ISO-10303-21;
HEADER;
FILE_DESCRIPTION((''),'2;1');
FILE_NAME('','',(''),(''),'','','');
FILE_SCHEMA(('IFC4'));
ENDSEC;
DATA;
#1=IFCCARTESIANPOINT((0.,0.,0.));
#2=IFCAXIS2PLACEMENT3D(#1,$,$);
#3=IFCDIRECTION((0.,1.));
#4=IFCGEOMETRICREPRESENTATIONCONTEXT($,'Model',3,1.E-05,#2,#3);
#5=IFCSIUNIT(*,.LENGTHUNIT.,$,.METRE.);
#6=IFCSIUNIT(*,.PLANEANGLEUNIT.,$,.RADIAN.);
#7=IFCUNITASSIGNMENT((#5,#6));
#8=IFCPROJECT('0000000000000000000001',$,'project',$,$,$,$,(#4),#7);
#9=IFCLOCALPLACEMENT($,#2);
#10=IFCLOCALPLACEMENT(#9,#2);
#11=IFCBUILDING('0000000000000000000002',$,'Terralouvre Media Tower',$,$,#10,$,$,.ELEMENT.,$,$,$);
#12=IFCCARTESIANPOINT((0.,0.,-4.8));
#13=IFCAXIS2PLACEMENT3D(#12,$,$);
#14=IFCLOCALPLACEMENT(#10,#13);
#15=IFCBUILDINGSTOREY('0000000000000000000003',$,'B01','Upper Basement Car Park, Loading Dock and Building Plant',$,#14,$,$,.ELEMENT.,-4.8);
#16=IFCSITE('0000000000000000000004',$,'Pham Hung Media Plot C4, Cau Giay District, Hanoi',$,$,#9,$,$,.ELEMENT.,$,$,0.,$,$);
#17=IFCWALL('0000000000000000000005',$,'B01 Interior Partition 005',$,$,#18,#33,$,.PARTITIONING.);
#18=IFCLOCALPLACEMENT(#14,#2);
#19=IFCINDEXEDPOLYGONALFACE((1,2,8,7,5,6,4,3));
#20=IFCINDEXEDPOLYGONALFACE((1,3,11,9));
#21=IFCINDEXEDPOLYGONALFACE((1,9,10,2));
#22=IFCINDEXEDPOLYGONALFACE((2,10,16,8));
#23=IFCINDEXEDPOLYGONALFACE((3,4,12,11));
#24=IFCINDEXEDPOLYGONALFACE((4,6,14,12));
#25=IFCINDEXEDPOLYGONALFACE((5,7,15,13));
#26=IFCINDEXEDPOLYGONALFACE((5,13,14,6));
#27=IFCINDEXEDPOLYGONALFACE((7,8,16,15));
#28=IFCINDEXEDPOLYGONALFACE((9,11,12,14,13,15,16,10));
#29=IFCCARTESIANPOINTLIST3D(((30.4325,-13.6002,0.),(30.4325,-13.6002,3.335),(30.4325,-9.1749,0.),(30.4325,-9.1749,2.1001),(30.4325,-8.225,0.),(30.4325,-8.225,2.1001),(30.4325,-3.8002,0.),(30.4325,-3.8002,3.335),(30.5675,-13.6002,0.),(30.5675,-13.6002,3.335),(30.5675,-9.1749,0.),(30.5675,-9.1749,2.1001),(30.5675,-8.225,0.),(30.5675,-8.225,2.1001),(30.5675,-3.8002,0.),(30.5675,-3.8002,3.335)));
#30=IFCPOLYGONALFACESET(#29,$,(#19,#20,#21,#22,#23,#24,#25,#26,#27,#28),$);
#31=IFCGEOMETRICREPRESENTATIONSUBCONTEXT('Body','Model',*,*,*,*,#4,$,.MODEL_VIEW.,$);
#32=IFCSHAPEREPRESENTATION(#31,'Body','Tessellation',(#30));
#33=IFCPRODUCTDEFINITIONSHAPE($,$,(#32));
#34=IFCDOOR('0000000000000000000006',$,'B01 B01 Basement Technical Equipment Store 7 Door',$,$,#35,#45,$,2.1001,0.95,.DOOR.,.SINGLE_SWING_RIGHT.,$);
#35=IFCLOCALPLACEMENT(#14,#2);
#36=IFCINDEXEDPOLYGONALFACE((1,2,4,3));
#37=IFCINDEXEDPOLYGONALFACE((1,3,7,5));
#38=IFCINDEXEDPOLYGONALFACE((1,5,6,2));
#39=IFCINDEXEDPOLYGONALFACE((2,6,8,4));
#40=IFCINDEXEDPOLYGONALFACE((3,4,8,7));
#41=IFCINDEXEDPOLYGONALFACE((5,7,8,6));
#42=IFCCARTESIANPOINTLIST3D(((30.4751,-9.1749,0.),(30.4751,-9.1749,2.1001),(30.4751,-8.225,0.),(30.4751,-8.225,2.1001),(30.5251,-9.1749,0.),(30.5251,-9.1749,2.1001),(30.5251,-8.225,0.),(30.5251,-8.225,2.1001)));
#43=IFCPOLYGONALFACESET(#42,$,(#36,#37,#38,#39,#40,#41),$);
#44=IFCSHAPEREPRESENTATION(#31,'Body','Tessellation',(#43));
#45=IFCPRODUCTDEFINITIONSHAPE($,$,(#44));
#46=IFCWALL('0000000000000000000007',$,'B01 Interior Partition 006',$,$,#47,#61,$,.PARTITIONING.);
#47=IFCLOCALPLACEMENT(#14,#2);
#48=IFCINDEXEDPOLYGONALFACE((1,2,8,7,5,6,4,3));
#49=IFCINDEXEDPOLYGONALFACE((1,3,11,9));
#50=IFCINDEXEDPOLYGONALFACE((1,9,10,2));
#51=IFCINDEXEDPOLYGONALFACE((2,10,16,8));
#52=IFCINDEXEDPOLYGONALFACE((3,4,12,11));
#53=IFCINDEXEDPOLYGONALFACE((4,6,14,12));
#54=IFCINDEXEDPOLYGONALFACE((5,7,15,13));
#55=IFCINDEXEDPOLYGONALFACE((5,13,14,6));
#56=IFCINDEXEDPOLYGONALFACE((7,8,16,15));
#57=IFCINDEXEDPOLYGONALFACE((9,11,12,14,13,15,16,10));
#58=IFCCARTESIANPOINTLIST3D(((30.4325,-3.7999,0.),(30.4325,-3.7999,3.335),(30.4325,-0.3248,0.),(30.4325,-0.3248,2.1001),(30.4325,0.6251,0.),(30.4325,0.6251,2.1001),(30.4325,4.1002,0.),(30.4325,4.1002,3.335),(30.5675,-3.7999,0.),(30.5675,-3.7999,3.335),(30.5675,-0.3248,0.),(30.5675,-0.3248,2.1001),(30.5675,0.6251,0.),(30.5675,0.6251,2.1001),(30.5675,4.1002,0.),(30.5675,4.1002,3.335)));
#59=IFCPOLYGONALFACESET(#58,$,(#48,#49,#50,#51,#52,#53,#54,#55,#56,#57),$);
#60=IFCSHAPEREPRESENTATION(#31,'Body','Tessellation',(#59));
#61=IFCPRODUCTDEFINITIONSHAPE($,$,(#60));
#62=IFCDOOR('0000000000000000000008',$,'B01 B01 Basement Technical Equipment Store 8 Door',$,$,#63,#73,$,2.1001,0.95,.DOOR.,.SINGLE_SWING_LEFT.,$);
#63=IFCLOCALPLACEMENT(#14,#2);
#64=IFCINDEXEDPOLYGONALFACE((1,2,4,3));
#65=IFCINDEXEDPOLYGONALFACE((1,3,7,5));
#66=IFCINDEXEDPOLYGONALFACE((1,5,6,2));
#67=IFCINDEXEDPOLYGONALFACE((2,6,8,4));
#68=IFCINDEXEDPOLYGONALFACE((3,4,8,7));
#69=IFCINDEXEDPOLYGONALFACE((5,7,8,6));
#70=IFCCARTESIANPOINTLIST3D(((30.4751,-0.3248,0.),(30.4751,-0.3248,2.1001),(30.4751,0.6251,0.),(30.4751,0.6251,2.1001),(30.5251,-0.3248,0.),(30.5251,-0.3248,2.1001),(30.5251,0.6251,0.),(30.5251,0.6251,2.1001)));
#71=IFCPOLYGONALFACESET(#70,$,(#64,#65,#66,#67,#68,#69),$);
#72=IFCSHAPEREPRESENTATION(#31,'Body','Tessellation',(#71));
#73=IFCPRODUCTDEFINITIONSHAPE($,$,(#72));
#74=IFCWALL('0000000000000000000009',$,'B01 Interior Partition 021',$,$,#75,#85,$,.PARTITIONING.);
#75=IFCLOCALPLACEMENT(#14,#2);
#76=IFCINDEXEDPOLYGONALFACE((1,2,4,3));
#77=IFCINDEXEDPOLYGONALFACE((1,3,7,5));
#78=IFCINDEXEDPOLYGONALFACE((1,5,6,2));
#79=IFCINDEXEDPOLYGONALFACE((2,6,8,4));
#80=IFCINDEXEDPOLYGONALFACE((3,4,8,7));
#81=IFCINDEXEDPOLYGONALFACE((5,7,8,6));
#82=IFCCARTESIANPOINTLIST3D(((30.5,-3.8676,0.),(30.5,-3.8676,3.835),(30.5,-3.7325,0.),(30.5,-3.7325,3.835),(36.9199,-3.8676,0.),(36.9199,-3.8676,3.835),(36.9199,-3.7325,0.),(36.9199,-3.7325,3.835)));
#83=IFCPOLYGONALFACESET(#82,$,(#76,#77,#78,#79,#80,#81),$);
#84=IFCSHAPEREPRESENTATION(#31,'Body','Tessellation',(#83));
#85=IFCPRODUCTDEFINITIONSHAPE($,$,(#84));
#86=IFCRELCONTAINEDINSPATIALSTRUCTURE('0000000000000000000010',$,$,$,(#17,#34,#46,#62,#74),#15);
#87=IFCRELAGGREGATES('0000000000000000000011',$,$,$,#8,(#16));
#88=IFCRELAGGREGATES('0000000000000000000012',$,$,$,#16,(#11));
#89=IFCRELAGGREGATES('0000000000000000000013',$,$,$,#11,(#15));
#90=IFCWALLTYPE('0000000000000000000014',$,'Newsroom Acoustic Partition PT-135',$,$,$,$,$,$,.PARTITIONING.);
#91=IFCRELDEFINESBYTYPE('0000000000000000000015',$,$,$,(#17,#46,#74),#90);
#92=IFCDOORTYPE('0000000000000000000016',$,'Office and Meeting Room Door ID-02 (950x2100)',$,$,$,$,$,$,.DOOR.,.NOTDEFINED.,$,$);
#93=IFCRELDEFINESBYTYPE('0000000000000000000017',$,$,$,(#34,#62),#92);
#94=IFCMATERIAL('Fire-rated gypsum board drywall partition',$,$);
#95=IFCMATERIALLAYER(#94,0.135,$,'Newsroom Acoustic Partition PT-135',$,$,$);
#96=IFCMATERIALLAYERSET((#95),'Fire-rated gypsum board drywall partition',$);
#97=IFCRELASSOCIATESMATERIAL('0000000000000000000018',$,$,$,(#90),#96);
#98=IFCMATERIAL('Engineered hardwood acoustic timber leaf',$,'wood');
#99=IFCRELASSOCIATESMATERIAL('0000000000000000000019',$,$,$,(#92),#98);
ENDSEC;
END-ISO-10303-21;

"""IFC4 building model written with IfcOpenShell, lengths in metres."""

from ifc_helpers import new_model, si_unit, direction, frame, frame_2d, origin, place, context, subcontext, project, spatial, rectangle, extrude, material, layer, layer_set, type_object, element, fill, save


model = new_model("IFC4")

# Units and contexts
model_context = context("Model", 3, precision=1e-05, world=origin(), true_north=direction((0.0, 1.0)))
body_context = subcontext(model_context, "Body", "Model", "MODEL_VIEW")
ifc_project = project(units=[si_unit("LENGTHUNIT", "METRE"), si_unit("PLANEANGLEUNIT", "RADIAN")], contexts=[model_context])

# Site, building, storey
site_placement = place(None, origin())
site = spatial("IfcSite", under=ifc_project, at=site_placement, Name="Pham Hung Media Plot C4, Cau Giay District, Hanoi", CompositionType="ELEMENT", RefElevation=0.0)
building_placement = place(site_placement, origin())
building = spatial("IfcBuilding", under=site, at=building_placement, Name="Terralouvre Media Tower", CompositionType="ELEMENT")
storey_placement = place(building_placement, frame((0.0, 0.0, -4.8)))
storey = spatial("IfcBuildingStorey", under=building, at=storey_placement, Name="B01", Description="Upper Basement Car Park, Loading Dock and Building Plant", CompositionType="ELEMENT", Elevation=-4.8)

# Walls, openings, doors
ifc_material_1 = material(Name="Fire-rated gypsum board drywall partition")
ifc_layer_1 = layer(ifc_material_1, 0.135, Name="Newsroom Acoustic Partition PT-135")
ifc_layer_set_1 = layer_set([ifc_layer_1], Name="Fire-rated gypsum board drywall partition")
wall_type_1 = type_object("IfcWallType", Name="Newsroom Acoustic Partition PT-135", PredefinedType="PARTITIONING", material=ifc_layer_set_1)
wall_1_placement = place(storey_placement, frame((30.5, -13.6001, 0.0), z_axis=(0.0, 0.0, 1.0), x_axis=(0.0, 1.0, 0.0)))
wall_1 = element("IfcWall", 1, at=wall_1_placement, inside=storey, type_object=wall_type_1, Name="B01 Interior Partition 005", PredefinedType="PARTITIONING", context=body_context, shape_type="SweptSolid", body=[
    extrude(rectangle(XDim=9.8, YDim=0.135, at=frame_2d((4.8999, 0.0))), origin(), (0.0, 0.0, 1.0), 3.335),
])
opening_1_placement = place(wall_1_placement, frame((4.425, 0.0, 0.0)))
opening_1 = element("IfcOpeningElement", 2, at=opening_1_placement, cuts=wall_1, PredefinedType="OPENING", context=body_context, shape_type="SweptSolid", body=[
    extrude(rectangle(XDim=0.95, YDim=2.1001, at=frame_2d((0.4751, 1.05))), frame((0.0, 0.0774, 0.0), z_axis=(0.0, -1.0, 0.0), x_axis=(1.0, 0.0, 0.0)), (0.0, 0.0, 1.0), 0.155),
])
ifc_material_2 = material(Name="Engineered hardwood acoustic timber leaf", Category="wood")
door_type_1 = type_object("IfcDoorType", Name="Office and Meeting Room Door ID-02 (950x2100)", OperationType="NOTDEFINED", PredefinedType="DOOR", material=ifc_material_2)
door_1_placement = place(opening_1_placement, origin())
door_1 = element("IfcDoor", 3, at=door_1_placement, inside=storey, type_object=door_type_1, Name="B01 B01 Basement Technical Equipment Store 7 Door", OperationType="SINGLE_SWING_RIGHT", OverallHeight=2.1001, OverallWidth=0.95, PredefinedType="DOOR", context=body_context, shape_type="SweptSolid", body=[
    extrude(rectangle(XDim=0.95, YDim=2.1001, at=frame_2d((0.4751, 1.05))), frame((0.0, 0.0249, 0.0), z_axis=(0.0, -1.0, 0.0), x_axis=(1.0, 0.0, 0.0)), (0.0, 0.0, 1.0), 0.05),
])
fill(opening_1, door_1)
wall_2_placement = place(storey_placement, frame((30.5, -3.8, 0.0), z_axis=(0.0, 0.0, 1.0), x_axis=(0.0, 1.0, 0.0)))
wall_2 = element("IfcWall", 4, at=wall_2_placement, inside=storey, type_object=wall_type_1, Name="B01 Interior Partition 006", PredefinedType="PARTITIONING", context=body_context, shape_type="SweptSolid", body=[
    extrude(rectangle(XDim=7.9001, YDim=0.135, at=frame_2d((3.9502, 0.0))), origin(), (0.0, 0.0, 1.0), 3.335),
])
opening_2_placement = place(wall_2_placement, frame((3.4751, 0.0, 0.0)))
opening_2 = element("IfcOpeningElement", 5, at=opening_2_placement, cuts=wall_2, PredefinedType="OPENING", context=body_context, shape_type="SweptSolid", body=[
    extrude(rectangle(XDim=0.95, YDim=2.1001, at=frame_2d((0.4751, 1.05))), frame((0.0, 0.0774, 0.0), z_axis=(0.0, -1.0, 0.0), x_axis=(1.0, 0.0, 0.0)), (0.0, 0.0, 1.0), 0.155),
])
door_2_placement = place(opening_2_placement, origin())
door_2 = element("IfcDoor", 6, at=door_2_placement, inside=storey, type_object=door_type_1, Name="B01 B01 Basement Technical Equipment Store 8 Door", OperationType="SINGLE_SWING_LEFT", OverallHeight=2.1001, OverallWidth=0.95, PredefinedType="DOOR", context=body_context, shape_type="SweptSolid", body=[
    extrude(rectangle(XDim=0.95, YDim=2.1001, at=frame_2d((0.4751, 1.05))), frame((0.0, 0.0249, 0.0), z_axis=(0.0, -1.0, 0.0), x_axis=(1.0, 0.0, 0.0)), (0.0, 0.0, 1.0), 0.05),
])
fill(opening_2, door_2)

# Wall
wall_3_placement = place(storey_placement, frame((36.9199, -3.8, 0.0), z_axis=(0.0, 0.0, 1.0), x_axis=(-1.0, 0.0, 0.0)))
element("IfcWall", 7, at=wall_3_placement, inside=storey, type_object=wall_type_1, Name="B01 Interior Partition 021", PredefinedType="PARTITIONING", context=body_context, shape_type="SweptSolid", body=[
    extrude(rectangle(XDim=6.4199, YDim=0.135, at=frame_2d((3.21, 0.0))), origin(), (0.0, 0.0, 1.0), 3.835),
])

save(model, "model.ifc")
